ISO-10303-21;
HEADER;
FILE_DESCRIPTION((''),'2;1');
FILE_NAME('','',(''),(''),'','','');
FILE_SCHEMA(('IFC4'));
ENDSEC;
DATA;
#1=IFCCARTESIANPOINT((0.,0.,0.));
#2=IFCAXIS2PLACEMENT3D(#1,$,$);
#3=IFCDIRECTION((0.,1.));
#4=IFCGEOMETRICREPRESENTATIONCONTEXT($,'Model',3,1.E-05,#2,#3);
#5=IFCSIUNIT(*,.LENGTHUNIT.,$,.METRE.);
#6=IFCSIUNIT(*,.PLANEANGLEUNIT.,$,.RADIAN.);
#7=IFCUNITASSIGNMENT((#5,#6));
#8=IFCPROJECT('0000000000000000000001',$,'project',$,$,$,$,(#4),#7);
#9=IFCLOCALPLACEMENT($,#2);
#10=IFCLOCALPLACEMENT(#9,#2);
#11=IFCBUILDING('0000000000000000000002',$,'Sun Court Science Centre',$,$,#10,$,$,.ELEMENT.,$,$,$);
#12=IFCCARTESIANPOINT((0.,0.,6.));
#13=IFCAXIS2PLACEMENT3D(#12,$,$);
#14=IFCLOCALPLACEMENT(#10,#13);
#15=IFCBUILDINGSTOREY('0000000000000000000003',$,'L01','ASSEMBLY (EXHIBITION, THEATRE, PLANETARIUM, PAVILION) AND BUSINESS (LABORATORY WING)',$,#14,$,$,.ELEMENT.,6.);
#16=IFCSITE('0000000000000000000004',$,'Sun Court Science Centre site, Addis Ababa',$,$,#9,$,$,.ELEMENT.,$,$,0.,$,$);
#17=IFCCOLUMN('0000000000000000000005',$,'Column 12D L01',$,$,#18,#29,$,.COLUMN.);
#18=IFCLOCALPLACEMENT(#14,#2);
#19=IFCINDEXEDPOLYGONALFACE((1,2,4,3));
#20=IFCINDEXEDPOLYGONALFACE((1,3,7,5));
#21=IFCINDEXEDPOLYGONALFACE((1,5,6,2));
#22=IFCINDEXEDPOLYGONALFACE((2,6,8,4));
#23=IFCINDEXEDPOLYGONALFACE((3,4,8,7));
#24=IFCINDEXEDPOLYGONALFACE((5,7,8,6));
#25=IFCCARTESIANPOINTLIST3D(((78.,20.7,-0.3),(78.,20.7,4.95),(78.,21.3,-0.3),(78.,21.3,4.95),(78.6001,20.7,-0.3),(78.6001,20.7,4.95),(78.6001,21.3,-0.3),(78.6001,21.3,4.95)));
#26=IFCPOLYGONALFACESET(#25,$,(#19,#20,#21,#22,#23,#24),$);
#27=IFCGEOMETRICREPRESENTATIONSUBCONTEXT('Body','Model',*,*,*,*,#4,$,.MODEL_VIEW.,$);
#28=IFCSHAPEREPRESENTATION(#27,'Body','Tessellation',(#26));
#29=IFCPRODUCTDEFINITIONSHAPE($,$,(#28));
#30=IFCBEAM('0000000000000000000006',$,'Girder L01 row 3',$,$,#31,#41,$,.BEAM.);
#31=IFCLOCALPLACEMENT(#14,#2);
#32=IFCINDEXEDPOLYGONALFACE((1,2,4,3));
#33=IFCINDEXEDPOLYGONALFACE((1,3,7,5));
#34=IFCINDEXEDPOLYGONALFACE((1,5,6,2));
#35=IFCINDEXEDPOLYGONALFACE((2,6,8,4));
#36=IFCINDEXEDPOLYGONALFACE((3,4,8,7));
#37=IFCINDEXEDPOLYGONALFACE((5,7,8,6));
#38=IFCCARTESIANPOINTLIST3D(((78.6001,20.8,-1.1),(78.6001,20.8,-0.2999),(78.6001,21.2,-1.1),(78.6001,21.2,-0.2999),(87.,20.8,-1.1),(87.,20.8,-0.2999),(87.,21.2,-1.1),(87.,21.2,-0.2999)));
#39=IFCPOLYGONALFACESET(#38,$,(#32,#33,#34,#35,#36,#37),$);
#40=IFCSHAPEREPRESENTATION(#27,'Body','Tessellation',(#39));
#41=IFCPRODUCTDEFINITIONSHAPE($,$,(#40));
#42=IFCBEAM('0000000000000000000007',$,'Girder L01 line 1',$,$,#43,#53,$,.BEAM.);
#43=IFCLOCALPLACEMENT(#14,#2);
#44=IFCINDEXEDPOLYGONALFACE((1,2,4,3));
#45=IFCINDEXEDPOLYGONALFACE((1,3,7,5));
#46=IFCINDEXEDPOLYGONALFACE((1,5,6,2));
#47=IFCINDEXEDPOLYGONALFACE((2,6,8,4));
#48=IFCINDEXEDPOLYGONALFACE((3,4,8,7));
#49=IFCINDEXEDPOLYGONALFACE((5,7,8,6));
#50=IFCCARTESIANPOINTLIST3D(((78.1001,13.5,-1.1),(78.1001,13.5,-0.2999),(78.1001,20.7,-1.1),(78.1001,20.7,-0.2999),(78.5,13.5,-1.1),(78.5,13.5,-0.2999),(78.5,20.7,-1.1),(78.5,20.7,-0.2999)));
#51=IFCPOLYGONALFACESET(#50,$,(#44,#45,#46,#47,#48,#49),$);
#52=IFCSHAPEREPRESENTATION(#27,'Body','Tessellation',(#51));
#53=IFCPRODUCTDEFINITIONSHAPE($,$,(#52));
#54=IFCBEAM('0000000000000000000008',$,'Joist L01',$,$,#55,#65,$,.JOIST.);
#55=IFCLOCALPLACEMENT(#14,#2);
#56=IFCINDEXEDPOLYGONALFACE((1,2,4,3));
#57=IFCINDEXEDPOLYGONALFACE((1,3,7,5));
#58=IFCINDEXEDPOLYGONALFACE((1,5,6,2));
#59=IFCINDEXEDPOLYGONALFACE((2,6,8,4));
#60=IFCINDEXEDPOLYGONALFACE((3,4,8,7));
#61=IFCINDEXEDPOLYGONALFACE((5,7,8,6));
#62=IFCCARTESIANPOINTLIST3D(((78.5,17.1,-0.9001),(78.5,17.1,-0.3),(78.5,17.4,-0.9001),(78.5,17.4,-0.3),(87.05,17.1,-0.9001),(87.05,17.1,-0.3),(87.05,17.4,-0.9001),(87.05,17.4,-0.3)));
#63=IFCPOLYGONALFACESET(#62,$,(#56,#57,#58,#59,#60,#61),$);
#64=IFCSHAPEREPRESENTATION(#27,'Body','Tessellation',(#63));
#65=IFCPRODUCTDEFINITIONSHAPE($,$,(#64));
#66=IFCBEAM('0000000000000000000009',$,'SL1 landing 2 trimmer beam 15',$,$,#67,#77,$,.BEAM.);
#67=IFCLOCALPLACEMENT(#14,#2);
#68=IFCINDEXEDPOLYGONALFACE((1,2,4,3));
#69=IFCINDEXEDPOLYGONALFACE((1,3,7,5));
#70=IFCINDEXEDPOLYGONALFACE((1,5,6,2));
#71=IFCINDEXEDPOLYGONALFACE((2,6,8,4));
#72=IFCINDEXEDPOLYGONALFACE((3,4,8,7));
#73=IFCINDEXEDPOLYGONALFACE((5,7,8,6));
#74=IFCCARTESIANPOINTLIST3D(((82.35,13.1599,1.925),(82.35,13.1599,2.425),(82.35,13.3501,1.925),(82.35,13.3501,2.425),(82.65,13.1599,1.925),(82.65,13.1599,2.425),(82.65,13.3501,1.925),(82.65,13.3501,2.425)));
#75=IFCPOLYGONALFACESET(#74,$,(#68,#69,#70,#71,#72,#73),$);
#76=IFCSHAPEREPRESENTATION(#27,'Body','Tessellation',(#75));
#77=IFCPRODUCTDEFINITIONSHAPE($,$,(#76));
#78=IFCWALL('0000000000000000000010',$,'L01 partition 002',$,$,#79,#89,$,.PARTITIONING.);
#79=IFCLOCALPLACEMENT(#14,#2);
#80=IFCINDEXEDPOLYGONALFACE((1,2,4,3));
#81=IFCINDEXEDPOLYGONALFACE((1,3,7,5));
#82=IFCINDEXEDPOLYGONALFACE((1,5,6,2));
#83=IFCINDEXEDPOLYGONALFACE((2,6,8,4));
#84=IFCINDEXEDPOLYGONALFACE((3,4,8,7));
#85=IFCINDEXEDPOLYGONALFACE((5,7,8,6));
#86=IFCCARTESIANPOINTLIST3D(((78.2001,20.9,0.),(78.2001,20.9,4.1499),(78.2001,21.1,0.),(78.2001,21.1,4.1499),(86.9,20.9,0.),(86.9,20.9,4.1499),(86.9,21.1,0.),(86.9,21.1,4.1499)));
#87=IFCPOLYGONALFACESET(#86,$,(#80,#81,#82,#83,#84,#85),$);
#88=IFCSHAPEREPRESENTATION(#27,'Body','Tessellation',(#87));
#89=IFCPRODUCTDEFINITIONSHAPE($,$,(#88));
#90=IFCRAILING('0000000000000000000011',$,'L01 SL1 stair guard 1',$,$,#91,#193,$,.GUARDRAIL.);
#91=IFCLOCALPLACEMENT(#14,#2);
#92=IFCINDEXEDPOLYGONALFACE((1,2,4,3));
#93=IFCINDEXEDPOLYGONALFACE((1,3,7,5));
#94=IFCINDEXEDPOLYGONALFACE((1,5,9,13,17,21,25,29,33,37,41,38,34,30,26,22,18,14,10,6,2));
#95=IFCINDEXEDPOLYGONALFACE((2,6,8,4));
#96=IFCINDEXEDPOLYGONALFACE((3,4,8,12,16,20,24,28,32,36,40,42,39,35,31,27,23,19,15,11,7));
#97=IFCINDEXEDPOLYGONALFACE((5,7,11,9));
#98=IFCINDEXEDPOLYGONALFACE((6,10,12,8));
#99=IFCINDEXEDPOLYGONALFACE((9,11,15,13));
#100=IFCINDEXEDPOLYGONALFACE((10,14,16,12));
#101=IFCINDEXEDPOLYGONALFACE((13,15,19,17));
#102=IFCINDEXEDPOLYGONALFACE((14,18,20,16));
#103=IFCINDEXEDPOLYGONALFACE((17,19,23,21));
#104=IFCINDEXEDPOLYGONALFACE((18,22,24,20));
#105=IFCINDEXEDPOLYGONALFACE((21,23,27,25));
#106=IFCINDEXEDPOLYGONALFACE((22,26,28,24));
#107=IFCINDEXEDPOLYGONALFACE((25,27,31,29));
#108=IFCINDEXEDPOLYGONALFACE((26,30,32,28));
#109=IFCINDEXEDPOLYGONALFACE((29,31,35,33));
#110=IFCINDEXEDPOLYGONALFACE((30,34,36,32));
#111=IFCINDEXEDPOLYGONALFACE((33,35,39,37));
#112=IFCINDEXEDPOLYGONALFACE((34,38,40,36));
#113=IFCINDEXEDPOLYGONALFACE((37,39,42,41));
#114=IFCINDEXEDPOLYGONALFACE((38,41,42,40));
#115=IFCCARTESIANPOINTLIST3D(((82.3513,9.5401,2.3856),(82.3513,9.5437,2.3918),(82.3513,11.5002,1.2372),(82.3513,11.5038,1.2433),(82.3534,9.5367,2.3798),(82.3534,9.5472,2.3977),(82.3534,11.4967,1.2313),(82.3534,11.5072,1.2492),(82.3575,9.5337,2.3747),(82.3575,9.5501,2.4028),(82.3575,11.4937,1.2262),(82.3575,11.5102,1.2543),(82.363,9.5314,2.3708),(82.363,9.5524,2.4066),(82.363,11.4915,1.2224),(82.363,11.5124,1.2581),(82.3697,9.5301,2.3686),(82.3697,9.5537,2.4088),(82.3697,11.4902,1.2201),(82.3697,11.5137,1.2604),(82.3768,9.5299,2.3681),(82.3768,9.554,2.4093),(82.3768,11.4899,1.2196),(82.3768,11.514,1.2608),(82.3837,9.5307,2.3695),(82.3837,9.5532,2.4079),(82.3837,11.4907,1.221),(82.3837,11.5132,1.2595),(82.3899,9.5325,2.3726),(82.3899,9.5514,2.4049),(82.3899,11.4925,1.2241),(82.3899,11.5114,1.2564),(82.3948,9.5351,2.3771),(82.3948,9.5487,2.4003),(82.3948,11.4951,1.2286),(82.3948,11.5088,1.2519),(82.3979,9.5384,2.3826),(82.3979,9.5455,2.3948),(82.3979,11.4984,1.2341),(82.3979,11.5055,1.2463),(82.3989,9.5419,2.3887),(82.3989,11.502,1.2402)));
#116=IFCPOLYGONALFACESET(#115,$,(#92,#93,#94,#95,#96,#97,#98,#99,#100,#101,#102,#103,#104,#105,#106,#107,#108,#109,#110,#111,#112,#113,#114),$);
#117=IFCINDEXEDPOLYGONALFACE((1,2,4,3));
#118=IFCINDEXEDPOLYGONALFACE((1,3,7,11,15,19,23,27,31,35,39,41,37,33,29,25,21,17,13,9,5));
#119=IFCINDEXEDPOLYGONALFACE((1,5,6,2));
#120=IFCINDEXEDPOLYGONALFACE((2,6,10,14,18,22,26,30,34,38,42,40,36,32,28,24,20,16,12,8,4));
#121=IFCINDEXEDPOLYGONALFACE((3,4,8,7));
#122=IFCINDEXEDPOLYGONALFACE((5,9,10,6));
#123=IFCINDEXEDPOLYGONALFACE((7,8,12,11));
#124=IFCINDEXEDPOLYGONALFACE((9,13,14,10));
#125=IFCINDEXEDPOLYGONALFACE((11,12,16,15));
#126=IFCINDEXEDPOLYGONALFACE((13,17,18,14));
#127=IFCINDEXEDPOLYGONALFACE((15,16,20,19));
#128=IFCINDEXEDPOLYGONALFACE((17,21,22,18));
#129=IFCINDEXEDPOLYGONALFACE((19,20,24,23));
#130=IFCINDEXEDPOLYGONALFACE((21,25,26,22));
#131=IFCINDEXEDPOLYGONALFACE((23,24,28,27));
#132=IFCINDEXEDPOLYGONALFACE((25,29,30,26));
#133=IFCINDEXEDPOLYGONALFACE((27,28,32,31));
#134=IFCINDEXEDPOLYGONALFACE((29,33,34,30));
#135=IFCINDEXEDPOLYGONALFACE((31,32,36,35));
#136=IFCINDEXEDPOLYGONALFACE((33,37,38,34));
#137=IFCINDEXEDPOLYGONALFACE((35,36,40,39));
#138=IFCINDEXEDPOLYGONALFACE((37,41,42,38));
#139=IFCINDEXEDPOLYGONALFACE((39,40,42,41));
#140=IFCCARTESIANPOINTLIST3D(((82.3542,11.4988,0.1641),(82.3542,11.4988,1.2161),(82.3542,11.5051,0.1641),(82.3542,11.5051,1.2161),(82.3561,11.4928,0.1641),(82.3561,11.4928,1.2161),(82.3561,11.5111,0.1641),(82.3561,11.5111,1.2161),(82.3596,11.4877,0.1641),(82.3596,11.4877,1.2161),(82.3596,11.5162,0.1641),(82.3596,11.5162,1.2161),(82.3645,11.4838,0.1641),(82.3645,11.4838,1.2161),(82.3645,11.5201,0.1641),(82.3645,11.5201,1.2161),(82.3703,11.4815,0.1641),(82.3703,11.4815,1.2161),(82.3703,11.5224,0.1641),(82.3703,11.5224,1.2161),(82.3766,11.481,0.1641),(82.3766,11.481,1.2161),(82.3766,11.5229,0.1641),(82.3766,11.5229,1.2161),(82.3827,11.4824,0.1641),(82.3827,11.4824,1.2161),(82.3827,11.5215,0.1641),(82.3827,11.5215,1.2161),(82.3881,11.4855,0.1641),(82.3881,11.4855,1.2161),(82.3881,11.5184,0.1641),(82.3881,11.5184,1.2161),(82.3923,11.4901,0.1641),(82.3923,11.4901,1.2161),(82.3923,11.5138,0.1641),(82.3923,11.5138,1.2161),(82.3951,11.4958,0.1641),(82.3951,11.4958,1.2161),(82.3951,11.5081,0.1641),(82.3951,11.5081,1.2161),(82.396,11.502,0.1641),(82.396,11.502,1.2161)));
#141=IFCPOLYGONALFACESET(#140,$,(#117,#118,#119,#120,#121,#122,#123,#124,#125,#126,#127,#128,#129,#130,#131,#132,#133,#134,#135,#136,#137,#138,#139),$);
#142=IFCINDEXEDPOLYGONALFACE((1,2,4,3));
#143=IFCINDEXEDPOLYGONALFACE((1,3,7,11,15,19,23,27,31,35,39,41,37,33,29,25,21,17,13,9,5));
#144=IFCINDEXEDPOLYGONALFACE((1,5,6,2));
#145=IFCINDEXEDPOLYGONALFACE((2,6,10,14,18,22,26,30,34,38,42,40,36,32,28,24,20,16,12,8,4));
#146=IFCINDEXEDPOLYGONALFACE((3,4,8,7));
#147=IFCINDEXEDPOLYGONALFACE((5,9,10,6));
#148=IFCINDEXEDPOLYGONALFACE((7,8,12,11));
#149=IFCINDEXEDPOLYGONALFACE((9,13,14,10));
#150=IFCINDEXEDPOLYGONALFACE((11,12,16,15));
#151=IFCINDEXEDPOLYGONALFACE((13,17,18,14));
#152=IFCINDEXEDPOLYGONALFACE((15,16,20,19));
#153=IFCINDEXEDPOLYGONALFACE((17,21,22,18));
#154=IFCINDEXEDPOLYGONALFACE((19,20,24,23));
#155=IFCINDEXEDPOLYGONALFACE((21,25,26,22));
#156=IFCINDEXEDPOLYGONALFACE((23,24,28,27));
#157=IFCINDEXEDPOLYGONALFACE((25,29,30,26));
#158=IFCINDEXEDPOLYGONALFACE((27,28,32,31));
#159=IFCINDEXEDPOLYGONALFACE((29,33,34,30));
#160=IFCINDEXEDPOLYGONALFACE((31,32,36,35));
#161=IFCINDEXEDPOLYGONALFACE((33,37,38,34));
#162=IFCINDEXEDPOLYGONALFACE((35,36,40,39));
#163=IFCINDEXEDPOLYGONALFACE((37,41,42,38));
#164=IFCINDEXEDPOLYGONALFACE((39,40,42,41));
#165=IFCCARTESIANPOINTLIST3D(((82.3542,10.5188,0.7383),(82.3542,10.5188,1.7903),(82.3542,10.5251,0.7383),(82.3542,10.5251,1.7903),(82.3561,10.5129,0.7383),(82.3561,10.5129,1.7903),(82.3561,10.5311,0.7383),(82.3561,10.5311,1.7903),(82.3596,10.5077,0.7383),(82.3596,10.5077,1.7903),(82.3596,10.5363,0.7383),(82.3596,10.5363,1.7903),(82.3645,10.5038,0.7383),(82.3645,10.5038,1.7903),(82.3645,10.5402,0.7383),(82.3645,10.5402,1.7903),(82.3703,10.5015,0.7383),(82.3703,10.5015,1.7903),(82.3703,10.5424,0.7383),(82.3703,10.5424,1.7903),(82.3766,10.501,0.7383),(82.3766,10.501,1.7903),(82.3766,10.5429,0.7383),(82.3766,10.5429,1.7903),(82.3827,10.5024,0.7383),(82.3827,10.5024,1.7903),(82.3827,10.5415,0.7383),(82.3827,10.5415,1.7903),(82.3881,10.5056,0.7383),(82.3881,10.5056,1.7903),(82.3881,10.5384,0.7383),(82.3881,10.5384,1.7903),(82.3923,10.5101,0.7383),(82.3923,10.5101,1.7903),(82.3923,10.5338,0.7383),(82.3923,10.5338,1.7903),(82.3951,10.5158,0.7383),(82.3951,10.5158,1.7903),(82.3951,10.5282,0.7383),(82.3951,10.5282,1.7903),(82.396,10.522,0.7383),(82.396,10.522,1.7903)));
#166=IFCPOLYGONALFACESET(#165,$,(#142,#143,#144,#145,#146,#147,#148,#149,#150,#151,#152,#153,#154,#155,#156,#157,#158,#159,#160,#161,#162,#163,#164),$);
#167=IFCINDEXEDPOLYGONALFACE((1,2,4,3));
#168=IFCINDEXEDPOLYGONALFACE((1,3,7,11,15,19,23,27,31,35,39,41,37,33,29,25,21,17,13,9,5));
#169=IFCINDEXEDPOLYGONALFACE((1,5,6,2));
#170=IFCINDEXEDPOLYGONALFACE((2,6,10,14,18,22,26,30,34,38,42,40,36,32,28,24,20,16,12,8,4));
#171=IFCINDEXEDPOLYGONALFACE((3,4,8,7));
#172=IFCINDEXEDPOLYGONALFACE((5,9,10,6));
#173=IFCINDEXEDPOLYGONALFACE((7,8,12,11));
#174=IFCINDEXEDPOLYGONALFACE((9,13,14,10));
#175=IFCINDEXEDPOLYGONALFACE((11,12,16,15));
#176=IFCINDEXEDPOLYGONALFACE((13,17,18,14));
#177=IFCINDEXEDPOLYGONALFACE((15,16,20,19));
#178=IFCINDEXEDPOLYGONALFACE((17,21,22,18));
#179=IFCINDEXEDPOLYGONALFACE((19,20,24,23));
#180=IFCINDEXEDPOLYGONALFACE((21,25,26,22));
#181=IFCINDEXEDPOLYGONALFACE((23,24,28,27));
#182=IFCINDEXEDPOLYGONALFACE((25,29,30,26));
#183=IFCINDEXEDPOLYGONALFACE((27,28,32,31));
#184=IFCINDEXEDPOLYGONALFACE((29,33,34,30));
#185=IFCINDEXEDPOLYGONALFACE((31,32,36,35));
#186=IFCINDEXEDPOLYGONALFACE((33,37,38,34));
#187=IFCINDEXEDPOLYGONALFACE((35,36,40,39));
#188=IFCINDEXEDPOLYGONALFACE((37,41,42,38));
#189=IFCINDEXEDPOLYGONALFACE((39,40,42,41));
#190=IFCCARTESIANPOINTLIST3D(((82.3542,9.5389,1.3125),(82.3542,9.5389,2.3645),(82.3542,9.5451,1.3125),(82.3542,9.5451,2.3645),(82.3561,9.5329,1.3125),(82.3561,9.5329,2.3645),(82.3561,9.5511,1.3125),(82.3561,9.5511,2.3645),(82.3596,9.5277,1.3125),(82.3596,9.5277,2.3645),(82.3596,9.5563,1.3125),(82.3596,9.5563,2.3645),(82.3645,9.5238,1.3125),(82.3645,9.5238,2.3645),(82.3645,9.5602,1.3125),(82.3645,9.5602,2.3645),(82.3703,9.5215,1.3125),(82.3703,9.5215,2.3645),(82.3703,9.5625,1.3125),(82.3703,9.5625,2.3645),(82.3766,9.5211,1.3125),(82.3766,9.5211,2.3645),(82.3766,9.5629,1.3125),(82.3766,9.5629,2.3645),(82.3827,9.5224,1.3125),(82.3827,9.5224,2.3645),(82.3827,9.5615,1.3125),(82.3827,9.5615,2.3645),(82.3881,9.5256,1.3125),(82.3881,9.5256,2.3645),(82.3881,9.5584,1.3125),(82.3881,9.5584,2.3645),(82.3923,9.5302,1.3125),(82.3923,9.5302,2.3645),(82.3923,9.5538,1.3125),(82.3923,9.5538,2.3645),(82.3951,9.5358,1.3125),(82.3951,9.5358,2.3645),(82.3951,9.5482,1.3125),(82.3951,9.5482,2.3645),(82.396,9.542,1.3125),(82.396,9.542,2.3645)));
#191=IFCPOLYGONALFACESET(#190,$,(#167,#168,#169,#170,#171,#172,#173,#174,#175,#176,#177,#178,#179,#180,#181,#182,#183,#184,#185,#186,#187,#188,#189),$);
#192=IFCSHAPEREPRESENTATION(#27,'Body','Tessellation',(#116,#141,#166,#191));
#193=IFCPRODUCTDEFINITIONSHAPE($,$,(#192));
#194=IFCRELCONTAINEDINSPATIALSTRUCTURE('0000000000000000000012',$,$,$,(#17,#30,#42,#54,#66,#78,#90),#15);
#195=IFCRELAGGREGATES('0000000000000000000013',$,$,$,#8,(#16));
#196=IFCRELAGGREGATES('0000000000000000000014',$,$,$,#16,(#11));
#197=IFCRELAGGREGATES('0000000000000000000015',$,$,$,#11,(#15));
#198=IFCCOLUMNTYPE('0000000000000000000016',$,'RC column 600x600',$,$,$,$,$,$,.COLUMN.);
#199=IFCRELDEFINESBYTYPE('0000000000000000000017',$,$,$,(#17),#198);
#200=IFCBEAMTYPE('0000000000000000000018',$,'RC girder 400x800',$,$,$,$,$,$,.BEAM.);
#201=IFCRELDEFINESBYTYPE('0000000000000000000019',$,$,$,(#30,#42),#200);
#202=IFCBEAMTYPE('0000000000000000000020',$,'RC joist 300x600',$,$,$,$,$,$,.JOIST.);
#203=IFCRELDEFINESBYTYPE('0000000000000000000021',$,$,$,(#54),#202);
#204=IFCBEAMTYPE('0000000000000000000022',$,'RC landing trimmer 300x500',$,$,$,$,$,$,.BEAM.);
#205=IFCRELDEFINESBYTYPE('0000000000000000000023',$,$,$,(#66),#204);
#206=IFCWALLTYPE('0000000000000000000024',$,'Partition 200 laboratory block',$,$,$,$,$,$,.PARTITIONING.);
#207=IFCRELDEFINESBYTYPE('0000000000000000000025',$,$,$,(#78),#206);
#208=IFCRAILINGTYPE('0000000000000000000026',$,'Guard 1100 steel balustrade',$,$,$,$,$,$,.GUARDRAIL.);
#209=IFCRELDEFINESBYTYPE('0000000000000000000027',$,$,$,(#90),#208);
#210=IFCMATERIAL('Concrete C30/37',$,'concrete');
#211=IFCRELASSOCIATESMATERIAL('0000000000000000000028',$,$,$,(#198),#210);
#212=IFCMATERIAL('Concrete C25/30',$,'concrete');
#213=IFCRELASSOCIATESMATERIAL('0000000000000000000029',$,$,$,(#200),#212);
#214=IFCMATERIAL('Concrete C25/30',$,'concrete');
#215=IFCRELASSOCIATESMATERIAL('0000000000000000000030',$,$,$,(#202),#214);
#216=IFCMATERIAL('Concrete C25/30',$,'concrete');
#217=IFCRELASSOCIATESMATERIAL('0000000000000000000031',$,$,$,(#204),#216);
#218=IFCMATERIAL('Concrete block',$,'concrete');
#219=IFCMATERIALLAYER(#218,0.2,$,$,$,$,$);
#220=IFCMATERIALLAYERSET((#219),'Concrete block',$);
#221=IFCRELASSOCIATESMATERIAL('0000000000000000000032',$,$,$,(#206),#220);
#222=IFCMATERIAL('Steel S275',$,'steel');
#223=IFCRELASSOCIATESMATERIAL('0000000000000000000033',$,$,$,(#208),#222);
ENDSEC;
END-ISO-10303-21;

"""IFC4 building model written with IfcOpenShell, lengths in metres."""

from ifc_helpers import new_model, si_unit, direction, frame, frame_2d, origin, origin_2d, place, context, subcontext, project, spatial, rectangle, circle, extrude, material, layer, layer_set, material_profile, profile_set, type_object, element, save


model = new_model("IFC4")

# Units and contexts
model_context = context("Model", 3, precision=1e-05, world=origin(), true_north=direction((0.0, 1.0)))
body_context = subcontext(model_context, "Body", "Model", "MODEL_VIEW")
ifc_project = project(units=[si_unit("LENGTHUNIT", "METRE"), si_unit("PLANEANGLEUNIT", "RADIAN")], contexts=[model_context])

# Site, building, storey
site_placement = place(None, origin())
site = spatial("IfcSite", under=ifc_project, at=site_placement, Name="Sun Court Science Centre site, Addis Ababa", CompositionType="ELEMENT", RefElevation=0.0)
building_placement = place(site_placement, origin())
building = spatial("IfcBuilding", under=site, at=building_placement, Name="Sun Court Science Centre", CompositionType="ELEMENT")
storey_placement = place(building_placement, frame((0.0, 0.0, 6.0)))
storey = spatial("IfcBuildingStorey", under=building, at=storey_placement, Name="L01", Description="ASSEMBLY (EXHIBITION, THEATRE, PLANETARIUM, PAVILION) AND BUSINESS (LABORATORY WING)", CompositionType="ELEMENT", Elevation=6.0)

# Column
ifc_material_1 = material(Name="Concrete C30/37", Category="concrete")
ifc_material_profile_1 = material_profile(ifc_material_1, rectangle(XDim=0.6001, YDim=0.6001, at=origin_2d()), Name="RC 600x600")
ifc_profile_set_1 = profile_set([ifc_material_profile_1], Name="Concrete C30/37")
column_type = type_object("IfcColumnType", Name="RC column 600x600", PredefinedType="COLUMN", material=ifc_profile_set_1)
column_placement = place(storey_placement, frame((78.3, 21.0, -0.3), z_axis=(0.0, 0.0, 1.0), x_axis=(1.0, 0.0, 0.0)))
element("IfcColumn", 1, at=column_placement, inside=storey, type_object=column_type, Name="Column 12D L01", PredefinedType="COLUMN", context=body_context, shape_type="SweptSolid", body=[
    extrude(rectangle(XDim=0.6001, YDim=0.6001, at=origin_2d()), origin(), (0.0, 0.0, 1.0), 5.25),
])

# Beams
ifc_material_2 = material(Name="Concrete C25/30", Category="concrete")
ifc_material_profile_2 = material_profile(ifc_material_2, rectangle(XDim=0.3999, YDim=0.8, at=origin_2d()), Name="RC 400x800")
ifc_profile_set_2 = profile_set([ifc_material_profile_2], Name="Concrete C25/30")
beam_type_1 = type_object("IfcBeamType", Name="RC girder 400x800", PredefinedType="BEAM", material=ifc_profile_set_2)
beam_1_placement = place(storey_placement, frame((78.6001, 21.0, -0.7), z_axis=(1.0, 0.0, 0.0), x_axis=(0.0, 1.0, 0.0)))
element("IfcBeam", 2, at=beam_1_placement, inside=storey, type_object=beam_type_1, Name="Girder L01 row 3", PredefinedType="BEAM", context=body_context, shape_type="SweptSolid", body=[
    extrude(rectangle(XDim=0.3999, YDim=0.8, at=origin_2d()), origin(), (0.0, 0.0, 1.0), 8.3999),
])
beam_2_placement = place(storey_placement, frame((78.3, 13.5, -0.7), z_axis=(0.0, 1.0, 0.0), x_axis=(-1.0, 0.0, 0.0)))
element("IfcBeam", 3, at=beam_2_placement, inside=storey, type_object=beam_type_1, Name="Girder L01 line 1", PredefinedType="BEAM", context=body_context, shape_type="SweptSolid", body=[
    extrude(rectangle(XDim=0.3999, YDim=0.8, at=origin_2d()), origin(), (0.0, 0.0, 1.0), 7.2),
])
ifc_material_3 = material(Name="Concrete C25/30", Category="concrete")
ifc_material_profile_3 = material_profile(ifc_material_3, rectangle(XDim=0.3, YDim=0.6001, at=origin_2d()), Name="RC 300x600")
ifc_profile_set_3 = profile_set([ifc_material_profile_3], Name="Concrete C25/30")
beam_type_2 = type_object("IfcBeamType", Name="RC joist 300x600", PredefinedType="JOIST", material=ifc_profile_set_3)
beam_3_placement = place(storey_placement, frame((78.5, 17.25, -0.6001), z_axis=(1.0, 0.0, 0.0), x_axis=(0.0, 1.0, 0.0)))
element("IfcBeam", 4, at=beam_3_placement, inside=storey, type_object=beam_type_2, Name="Joist L01", PredefinedType="JOIST", context=body_context, shape_type="SweptSolid", body=[
    extrude(rectangle(XDim=0.3, YDim=0.6001, at=origin_2d()), origin(), (0.0, 0.0, 1.0), 8.55),
])
ifc_material_4 = material(Name="Concrete C25/30", Category="concrete")
ifc_material_profile_4 = material_profile(ifc_material_4, rectangle(XDim=0.3, YDim=0.5, at=origin_2d()), Name="RC 300x500")
ifc_profile_set_4 = profile_set([ifc_material_profile_4], Name="Concrete C25/30")
beam_type_3 = type_object("IfcBeamType", Name="RC landing trimmer 300x500", PredefinedType="BEAM", material=ifc_profile_set_4)
beam_4_placement = place(storey_placement, frame((82.5, 13.3501, 2.175), z_axis=(0.0, -1.0, 0.0), x_axis=(1.0, 0.0, 0.0)))
element("IfcBeam", 5, at=beam_4_placement, inside=storey, type_object=beam_type_3, Name="SL1 landing 2 trimmer beam 15", PredefinedType="BEAM", context=body_context, shape_type="SweptSolid", body=[
    extrude(rectangle(XDim=0.3, YDim=0.5, at=origin_2d()), origin(), (0.0, 0.0, 1.0), 0.1902),
])

# Wall
ifc_material_5 = material(Name="Concrete block", Category="concrete")
ifc_layer = layer(ifc_material_5, 0.2)
ifc_layer_set = layer_set([ifc_layer], Name="Concrete block")
wall_type = type_object("IfcWallType", Name="Partition 200 laboratory block", PredefinedType="PARTITIONING", material=ifc_layer_set)
wall_placement = place(storey_placement, frame((78.2, 21.0, 0.0), z_axis=(0.0, 0.0, 1.0), x_axis=(1.0, 0.0, 0.0)))
element("IfcWall", 6, at=wall_placement, inside=storey, type_object=wall_type, Name="L01 partition 002", PredefinedType="PARTITIONING", context=body_context, shape_type="SweptSolid", body=[
    extrude(rectangle(XDim=8.7, YDim=0.2, at=frame_2d((4.3501, 0.0))), origin(), (0.0, 0.0, 1.0), 4.1499),
])

# Railing
ifc_material_6 = material(Name="Steel S275", Category="steel")
railing_type_1 = type_object("IfcRailingType", Name="Guard 1100 steel balustrade", PredefinedType="GUARDRAIL", material=ifc_material_6)
railing_1_placement = place(storey_placement, frame((82.375, 11.502, 0.1641)))
element("IfcRailing", 7, at=railing_1_placement, inside=storey, type_object=railing_type_1, Name="L01 SL1 stair guard 1", PredefinedType="GUARDRAIL", context=body_context, shape_type="SweptSolid", body=[
    extrude(circle(Radius=0.0239, at=origin_2d()), frame((0.0, 0.0, 1.0762), z_axis=(0.0, -0.862795, 0.505554), x_axis=(1.0, 0.0, 0.0)), (0.0, 0.0, 1.0), 2.2717),
    extrude(circle(Radius=0.021, at=origin_2d()), origin(), (0.0, 0.0, 1.0), 1.052),
    extrude(circle(Radius=0.021, at=origin_2d()), frame((0.0, -0.98, 0.5742)), (0.0, 0.0, 1.0), 1.052),
    extrude(circle(Radius=0.021, at=origin_2d()), frame((0.0, -1.96, 1.1484)), (0.0, 0.0, 1.0), 1.052),
])

save(model, "model.ifc")
